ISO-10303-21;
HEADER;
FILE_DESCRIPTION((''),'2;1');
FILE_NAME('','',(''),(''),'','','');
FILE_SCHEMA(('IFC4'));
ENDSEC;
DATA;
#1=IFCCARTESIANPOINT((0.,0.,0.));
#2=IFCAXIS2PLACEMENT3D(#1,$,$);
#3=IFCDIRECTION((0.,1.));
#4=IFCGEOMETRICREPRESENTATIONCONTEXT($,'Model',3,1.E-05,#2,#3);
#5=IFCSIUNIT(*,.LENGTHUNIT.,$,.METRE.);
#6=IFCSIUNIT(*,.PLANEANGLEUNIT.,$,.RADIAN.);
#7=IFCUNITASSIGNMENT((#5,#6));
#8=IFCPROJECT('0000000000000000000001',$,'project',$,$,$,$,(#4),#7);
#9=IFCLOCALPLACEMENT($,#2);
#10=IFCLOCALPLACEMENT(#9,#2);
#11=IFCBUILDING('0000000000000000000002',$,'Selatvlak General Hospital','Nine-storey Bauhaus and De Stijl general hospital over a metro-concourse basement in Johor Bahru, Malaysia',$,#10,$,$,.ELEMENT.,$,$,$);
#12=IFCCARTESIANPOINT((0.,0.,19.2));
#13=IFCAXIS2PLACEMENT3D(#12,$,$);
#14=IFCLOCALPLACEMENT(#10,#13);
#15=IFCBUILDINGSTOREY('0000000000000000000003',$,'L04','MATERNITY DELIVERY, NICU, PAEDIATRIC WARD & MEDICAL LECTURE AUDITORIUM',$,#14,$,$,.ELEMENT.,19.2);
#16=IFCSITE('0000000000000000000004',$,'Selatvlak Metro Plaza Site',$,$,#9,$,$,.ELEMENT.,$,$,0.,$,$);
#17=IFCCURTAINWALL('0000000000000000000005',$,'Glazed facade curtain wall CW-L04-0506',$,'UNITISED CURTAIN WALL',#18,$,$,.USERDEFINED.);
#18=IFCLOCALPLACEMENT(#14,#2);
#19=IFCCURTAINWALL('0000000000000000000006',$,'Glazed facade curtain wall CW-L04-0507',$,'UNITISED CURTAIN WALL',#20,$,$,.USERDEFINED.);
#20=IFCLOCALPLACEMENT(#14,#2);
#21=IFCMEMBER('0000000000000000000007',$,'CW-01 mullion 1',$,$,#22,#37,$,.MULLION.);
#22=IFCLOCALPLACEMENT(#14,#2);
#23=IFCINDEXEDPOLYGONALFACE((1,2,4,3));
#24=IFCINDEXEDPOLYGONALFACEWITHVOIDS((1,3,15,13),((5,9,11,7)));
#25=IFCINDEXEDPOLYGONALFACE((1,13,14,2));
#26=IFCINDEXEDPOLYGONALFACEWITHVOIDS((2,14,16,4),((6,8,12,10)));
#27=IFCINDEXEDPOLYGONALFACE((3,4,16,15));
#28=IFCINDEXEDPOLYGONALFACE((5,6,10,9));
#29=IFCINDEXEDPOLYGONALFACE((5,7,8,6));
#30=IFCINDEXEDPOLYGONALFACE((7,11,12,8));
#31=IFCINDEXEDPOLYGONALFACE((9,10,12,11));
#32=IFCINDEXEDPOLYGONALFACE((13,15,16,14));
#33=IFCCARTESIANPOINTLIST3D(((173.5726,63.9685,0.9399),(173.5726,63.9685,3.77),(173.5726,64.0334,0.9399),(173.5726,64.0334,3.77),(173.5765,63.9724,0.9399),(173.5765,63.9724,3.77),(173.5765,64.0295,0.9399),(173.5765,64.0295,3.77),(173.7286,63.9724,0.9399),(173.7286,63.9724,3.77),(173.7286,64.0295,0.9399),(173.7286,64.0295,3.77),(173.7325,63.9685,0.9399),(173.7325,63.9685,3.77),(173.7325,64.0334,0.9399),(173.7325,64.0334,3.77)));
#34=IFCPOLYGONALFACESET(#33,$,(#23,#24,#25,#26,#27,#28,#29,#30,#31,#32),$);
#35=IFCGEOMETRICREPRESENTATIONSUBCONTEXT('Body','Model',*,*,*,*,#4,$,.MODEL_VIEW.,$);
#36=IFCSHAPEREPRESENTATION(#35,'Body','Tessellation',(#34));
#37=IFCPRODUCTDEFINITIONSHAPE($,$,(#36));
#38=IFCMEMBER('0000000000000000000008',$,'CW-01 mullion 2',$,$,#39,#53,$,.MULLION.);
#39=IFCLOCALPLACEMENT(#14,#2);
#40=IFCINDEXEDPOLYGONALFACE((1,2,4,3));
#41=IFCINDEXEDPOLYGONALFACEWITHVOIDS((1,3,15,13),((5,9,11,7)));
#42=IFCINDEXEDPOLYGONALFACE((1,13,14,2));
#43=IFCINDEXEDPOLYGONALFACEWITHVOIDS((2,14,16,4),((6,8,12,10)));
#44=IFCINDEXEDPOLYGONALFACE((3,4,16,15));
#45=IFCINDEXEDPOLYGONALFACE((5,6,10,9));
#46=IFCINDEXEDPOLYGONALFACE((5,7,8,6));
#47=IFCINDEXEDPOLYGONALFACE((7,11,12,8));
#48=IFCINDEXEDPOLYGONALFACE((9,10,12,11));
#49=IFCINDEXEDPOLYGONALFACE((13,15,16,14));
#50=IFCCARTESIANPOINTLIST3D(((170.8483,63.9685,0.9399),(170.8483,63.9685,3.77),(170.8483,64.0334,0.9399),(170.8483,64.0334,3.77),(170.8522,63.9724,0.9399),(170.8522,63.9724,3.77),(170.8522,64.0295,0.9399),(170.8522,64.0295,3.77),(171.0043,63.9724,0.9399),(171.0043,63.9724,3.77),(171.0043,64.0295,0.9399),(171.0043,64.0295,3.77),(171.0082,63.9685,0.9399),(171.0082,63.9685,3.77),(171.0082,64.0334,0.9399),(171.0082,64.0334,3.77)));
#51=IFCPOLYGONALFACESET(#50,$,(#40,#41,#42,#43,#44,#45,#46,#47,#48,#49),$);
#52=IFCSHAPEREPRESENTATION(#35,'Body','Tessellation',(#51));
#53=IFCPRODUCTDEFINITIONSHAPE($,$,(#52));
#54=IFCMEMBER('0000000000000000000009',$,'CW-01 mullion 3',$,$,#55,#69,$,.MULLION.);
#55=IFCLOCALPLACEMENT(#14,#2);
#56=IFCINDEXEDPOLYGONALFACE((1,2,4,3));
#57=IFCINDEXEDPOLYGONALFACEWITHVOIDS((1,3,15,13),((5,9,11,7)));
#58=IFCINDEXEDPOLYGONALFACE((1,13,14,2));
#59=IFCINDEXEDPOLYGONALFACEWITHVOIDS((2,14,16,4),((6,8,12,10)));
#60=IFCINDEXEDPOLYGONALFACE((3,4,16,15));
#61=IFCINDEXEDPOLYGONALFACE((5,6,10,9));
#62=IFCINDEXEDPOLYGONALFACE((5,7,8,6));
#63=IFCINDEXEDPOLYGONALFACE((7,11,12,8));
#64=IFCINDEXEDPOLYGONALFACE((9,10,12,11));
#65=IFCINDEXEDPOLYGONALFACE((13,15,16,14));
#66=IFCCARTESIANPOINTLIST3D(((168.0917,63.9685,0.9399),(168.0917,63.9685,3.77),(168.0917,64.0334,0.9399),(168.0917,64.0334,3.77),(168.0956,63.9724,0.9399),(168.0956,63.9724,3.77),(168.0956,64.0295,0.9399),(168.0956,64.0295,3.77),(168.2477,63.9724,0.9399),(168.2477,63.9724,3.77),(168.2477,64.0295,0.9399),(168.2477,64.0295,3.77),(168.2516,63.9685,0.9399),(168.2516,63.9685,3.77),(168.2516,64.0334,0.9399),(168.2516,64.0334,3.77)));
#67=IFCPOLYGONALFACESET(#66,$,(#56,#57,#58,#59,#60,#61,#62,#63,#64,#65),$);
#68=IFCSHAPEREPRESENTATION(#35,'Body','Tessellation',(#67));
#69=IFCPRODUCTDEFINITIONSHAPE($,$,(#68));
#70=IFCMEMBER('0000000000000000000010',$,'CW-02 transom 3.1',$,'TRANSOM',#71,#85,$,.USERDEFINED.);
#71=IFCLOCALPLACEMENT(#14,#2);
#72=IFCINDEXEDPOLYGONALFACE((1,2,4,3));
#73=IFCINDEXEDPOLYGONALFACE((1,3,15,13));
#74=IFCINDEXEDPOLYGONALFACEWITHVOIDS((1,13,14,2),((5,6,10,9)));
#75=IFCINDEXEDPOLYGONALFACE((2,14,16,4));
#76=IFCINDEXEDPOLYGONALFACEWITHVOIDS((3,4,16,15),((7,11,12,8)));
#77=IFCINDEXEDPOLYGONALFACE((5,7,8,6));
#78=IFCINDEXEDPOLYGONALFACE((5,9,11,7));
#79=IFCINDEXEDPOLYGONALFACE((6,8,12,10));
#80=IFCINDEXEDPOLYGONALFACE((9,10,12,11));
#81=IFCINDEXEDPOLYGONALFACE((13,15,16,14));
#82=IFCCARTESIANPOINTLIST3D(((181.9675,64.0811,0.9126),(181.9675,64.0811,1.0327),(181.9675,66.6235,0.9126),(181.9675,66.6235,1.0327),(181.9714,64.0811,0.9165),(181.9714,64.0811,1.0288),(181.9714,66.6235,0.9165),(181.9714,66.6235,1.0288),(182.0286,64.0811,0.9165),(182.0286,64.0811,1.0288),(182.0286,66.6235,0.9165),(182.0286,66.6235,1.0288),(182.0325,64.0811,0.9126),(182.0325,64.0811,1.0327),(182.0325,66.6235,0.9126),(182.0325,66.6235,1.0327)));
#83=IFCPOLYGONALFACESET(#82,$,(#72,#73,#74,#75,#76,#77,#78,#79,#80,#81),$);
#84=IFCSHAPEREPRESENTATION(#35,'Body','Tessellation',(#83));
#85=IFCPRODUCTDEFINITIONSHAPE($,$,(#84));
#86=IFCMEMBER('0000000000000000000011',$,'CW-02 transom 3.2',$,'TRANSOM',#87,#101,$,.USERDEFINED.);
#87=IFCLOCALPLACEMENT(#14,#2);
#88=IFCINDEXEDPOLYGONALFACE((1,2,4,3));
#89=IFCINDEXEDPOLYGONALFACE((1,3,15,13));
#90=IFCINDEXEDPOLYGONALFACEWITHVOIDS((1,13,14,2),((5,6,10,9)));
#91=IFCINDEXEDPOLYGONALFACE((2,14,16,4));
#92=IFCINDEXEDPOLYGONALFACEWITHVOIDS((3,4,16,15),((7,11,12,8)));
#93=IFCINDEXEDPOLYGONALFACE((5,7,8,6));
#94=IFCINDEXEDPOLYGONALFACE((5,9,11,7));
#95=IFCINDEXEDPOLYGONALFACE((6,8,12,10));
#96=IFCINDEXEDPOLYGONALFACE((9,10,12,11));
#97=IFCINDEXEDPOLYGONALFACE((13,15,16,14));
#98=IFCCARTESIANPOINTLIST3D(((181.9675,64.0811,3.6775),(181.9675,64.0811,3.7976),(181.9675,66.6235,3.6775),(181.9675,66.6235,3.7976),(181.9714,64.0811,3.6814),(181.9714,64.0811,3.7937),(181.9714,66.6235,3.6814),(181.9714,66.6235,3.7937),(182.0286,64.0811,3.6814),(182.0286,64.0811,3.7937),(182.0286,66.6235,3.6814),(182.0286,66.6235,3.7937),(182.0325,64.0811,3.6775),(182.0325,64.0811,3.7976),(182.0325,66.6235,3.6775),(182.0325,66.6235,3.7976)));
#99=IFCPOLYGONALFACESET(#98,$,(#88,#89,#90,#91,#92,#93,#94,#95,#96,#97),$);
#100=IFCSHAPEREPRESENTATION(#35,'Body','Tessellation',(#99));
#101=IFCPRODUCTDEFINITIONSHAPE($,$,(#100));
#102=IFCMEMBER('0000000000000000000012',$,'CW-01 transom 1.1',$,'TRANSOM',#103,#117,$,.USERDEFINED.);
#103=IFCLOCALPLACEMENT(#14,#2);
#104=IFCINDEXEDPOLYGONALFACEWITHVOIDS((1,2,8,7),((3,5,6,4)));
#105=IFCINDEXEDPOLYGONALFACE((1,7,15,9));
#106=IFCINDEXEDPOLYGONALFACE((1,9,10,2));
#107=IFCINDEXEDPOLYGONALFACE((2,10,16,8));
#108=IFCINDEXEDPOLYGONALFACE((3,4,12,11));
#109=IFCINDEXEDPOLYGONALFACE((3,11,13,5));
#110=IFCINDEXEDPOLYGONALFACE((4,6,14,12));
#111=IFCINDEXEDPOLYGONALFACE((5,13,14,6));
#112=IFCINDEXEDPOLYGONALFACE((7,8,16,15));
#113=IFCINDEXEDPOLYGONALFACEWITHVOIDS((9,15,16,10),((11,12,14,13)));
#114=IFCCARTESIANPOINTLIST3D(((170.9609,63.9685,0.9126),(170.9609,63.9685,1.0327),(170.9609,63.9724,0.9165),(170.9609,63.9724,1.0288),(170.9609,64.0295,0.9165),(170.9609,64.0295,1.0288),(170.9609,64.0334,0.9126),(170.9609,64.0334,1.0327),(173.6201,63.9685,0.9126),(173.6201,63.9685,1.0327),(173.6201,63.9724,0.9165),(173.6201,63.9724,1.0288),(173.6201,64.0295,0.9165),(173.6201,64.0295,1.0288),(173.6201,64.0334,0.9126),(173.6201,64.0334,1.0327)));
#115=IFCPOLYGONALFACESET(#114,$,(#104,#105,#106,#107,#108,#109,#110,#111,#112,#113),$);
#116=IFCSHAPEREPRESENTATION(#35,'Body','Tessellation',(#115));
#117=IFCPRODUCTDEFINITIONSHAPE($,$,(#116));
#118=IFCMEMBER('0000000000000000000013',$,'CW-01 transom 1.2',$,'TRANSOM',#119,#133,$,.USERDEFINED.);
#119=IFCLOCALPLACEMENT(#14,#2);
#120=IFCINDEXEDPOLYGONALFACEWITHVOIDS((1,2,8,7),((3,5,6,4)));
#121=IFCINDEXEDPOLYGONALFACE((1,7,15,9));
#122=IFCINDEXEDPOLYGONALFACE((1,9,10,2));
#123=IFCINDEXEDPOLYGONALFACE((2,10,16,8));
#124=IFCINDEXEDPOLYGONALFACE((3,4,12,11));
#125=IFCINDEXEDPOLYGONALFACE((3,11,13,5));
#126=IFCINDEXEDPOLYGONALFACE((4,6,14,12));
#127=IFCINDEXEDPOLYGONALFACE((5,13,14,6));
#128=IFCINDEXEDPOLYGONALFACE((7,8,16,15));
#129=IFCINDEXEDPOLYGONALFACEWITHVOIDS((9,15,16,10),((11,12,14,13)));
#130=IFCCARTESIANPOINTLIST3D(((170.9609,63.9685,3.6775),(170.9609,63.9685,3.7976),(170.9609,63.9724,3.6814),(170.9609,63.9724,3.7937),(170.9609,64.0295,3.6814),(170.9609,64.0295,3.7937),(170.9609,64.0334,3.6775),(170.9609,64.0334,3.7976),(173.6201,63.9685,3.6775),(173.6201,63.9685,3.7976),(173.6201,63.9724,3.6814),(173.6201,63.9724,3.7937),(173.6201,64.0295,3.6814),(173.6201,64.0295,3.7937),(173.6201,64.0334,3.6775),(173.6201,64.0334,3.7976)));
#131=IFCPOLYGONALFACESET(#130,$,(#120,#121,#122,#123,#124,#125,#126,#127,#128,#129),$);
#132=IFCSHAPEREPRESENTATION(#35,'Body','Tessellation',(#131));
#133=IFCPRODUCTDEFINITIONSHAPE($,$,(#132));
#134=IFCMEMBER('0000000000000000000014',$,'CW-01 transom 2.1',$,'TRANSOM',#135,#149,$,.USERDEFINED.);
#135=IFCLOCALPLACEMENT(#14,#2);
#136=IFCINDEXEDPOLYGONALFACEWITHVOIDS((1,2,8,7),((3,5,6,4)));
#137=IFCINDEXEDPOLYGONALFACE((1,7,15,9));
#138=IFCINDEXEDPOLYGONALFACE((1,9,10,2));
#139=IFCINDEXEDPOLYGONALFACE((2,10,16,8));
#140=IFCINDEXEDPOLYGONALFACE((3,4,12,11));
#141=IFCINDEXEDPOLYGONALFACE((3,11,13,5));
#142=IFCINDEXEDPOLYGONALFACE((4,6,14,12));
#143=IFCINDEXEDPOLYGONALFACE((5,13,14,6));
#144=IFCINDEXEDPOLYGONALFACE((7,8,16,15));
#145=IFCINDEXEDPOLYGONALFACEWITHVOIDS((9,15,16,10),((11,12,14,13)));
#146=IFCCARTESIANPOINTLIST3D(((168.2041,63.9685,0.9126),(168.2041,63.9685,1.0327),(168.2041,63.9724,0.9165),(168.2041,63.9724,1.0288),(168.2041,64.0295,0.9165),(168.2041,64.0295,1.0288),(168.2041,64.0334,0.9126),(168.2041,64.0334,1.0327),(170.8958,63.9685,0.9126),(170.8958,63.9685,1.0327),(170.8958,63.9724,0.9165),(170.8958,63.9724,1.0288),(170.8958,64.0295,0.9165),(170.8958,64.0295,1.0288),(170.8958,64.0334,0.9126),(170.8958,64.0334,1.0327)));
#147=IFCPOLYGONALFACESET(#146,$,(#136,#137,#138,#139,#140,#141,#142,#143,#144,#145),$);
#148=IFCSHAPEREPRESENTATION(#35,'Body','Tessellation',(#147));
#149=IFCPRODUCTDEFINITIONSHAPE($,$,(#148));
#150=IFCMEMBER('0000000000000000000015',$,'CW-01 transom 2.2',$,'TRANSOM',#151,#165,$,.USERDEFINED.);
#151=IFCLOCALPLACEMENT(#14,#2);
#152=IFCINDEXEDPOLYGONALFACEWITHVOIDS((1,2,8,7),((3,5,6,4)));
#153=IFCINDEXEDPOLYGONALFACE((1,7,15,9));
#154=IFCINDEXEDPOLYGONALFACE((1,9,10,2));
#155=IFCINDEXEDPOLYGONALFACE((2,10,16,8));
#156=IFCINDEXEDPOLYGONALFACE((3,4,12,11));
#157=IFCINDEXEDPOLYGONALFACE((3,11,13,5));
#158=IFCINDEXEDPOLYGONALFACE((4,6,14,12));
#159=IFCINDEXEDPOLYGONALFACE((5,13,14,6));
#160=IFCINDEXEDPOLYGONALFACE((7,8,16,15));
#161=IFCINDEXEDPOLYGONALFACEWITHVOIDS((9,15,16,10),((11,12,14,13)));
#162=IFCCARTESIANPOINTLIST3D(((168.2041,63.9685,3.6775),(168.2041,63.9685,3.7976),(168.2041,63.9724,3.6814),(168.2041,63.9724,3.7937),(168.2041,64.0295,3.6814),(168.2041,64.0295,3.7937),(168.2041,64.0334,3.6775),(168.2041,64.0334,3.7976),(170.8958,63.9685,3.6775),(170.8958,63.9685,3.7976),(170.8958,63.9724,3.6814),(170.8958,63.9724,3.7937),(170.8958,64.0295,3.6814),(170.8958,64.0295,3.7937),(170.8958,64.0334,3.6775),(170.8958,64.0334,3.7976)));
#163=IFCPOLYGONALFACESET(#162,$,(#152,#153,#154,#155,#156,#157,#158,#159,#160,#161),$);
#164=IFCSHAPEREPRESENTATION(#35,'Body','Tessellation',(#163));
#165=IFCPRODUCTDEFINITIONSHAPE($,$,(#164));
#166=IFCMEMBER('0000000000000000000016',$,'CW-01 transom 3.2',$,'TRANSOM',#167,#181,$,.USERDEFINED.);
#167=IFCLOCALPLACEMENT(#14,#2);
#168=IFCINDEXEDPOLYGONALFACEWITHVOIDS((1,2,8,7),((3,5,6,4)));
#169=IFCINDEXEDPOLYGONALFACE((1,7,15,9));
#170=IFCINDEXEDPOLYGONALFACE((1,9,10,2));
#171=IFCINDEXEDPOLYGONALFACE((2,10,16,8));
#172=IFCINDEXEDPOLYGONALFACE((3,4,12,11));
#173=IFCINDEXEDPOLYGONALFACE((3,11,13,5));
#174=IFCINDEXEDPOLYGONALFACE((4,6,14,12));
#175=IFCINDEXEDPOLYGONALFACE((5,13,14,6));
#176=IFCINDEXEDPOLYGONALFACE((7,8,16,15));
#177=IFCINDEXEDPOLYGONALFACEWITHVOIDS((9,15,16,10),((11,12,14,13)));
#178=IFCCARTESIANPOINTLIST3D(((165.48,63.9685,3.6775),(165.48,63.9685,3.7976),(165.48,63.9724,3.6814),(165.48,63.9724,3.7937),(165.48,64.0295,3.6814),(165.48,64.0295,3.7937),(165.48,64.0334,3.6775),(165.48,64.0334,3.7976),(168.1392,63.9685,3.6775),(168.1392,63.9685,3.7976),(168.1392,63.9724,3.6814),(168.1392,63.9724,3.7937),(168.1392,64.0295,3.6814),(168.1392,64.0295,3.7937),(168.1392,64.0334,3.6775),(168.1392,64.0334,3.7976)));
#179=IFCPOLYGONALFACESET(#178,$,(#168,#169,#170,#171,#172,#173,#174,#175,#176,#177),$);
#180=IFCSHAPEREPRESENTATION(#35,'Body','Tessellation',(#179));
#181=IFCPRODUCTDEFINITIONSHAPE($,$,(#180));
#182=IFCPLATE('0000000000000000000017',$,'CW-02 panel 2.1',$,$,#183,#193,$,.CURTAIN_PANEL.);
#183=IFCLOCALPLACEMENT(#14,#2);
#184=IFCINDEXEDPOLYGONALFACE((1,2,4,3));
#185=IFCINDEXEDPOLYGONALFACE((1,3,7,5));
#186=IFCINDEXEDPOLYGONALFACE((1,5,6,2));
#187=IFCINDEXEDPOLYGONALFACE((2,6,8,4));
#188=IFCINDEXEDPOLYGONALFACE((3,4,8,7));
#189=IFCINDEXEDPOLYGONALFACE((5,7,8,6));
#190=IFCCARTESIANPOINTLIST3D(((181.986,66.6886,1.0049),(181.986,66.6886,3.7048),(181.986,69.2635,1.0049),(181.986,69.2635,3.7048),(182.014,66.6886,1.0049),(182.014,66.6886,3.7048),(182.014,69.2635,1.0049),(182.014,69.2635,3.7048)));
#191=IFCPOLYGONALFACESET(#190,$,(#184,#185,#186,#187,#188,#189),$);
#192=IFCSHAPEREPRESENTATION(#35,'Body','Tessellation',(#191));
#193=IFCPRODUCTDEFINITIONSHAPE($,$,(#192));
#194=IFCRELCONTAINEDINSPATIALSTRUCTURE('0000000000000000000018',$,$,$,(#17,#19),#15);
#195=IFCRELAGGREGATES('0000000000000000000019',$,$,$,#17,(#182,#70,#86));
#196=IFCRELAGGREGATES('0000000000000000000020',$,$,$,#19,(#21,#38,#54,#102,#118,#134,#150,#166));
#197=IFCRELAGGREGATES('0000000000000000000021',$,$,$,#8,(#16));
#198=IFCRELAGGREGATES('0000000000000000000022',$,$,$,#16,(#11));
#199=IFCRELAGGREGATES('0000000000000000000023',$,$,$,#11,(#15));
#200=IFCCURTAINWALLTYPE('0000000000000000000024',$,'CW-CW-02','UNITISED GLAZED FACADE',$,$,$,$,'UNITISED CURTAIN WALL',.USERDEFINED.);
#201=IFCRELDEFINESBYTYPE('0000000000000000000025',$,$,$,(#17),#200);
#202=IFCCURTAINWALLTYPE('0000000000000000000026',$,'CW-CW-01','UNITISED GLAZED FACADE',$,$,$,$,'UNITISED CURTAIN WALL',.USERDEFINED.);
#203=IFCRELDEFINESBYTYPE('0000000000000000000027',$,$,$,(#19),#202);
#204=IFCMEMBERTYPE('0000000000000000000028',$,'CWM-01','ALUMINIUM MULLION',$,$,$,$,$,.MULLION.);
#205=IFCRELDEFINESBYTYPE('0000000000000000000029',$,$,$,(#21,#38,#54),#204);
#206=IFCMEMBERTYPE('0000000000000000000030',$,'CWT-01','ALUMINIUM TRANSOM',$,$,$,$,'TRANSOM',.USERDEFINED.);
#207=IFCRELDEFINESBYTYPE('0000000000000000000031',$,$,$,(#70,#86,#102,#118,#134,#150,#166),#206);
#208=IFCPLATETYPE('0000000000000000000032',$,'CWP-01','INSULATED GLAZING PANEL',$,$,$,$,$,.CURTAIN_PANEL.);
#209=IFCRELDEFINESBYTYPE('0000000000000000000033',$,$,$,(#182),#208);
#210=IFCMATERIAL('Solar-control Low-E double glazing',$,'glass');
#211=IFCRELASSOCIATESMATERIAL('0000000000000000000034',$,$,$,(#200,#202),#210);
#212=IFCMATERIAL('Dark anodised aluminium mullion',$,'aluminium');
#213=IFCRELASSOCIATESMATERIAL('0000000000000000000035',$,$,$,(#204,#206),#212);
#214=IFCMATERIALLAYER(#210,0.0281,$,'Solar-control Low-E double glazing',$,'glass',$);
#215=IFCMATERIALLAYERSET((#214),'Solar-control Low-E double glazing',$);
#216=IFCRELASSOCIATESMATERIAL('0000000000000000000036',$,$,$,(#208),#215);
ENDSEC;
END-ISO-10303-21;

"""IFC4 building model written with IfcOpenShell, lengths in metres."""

from ifc_helpers import new_model, si_unit, direction, frame, origin, origin_2d, place, context, subcontext, project, spatial, rectangle, hollow_rectangle, extrude, material, layer, layer_set, material_profile, profile_set, type_object, element, aggregate, save


model = new_model("IFC4")

# Units and contexts
model_context = context("Model", 3, precision=1e-05, world=origin(), true_north=direction((0.0, 1.0)))
body_context = subcontext(model_context, "Body", "Model", "MODEL_VIEW")
ifc_project = project(units=[si_unit("LENGTHUNIT", "METRE"), si_unit("PLANEANGLEUNIT", "RADIAN")], contexts=[model_context])

# Site, building, storey
site_placement = place(None, origin())
site = spatial("IfcSite", under=ifc_project, at=site_placement, Name="Selatvlak Metro Plaza Site", CompositionType="ELEMENT", RefElevation=0.0)
building_placement = place(site_placement, origin())
building = spatial("IfcBuilding", under=site, at=building_placement, Name="Selatvlak General Hospital", Description="Nine-storey Bauhaus and De Stijl general hospital over a metro-concourse basement in Johor Bahru, Malaysia", CompositionType="ELEMENT")
storey_placement = place(building_placement, frame((0.0, 0.0, 19.2)))
storey = spatial("IfcBuildingStorey", under=building, at=storey_placement, Name="L04", Description="MATERNITY DELIVERY, NICU, PAEDIATRIC WARD & MEDICAL LECTURE AUDITORIUM", CompositionType="ELEMENT", Elevation=19.2)

# Curtain walls, members
ifc_material_1 = material(Name="Solar-control Low-E double glazing", Category="glass")
curtain_wall_type_1 = type_object("IfcCurtainWallType", Name="CW-CW-02", Description="UNITISED GLAZED FACADE", ElementType="UNITISED CURTAIN WALL", PredefinedType="USERDEFINED", material=ifc_material_1)
curtain_wall_1_placement = place(storey_placement, origin())
curtain_wall_1 = element("IfcCurtainWall", 1, at=curtain_wall_1_placement, inside=storey, type_object=curtain_wall_type_1, Name="Glazed facade curtain wall CW-L04-0506", ObjectType="UNITISED CURTAIN WALL", PredefinedType="USERDEFINED")
ifc_material_2 = material(Name="Dark anodised aluminium mullion", Category="aluminium")
ifc_material_profile_1 = material_profile(ifc_material_2, hollow_rectangle(XDim=0.0649, YDim=0.1599, WallThickness=0.0039, at=origin_2d()), Name="AL-MUL 65x160x4")
ifc_profile_set_1 = profile_set([ifc_material_profile_1], Name="Dark anodised aluminium mullion")
member_type_1 = type_object("IfcMemberType", Name="CWM-01", Description="ALUMINIUM MULLION", PredefinedType="MULLION", material=ifc_profile_set_1)
curtain_wall_type_2 = type_object("IfcCurtainWallType", Name="CW-CW-01", Description="UNITISED GLAZED FACADE", ElementType="UNITISED CURTAIN WALL", PredefinedType="USERDEFINED", material=ifc_material_1)
curtain_wall_2_placement = place(storey_placement, origin())
curtain_wall_2 = element("IfcCurtainWall", 2, at=curtain_wall_2_placement, inside=storey, type_object=curtain_wall_type_2, Name="Glazed facade curtain wall CW-L04-0507", ObjectType="UNITISED CURTAIN WALL", PredefinedType="USERDEFINED")
member_1_placement = place(storey_placement, frame((173.6526, 64.001, 0.9399), z_axis=(0.0, 0.0, 1.0), x_axis=(0.0, -1.0, 0.0)))
member_1 = element("IfcMember", 3, at=member_1_placement, type_object=member_type_1, Name="CW-01 mullion 1", PredefinedType="MULLION", context=body_context, shape_type="SweptSolid", body=[
    extrude(hollow_rectangle(XDim=0.0649, YDim=0.1599, WallThickness=0.0039, at=origin_2d()), origin(), (0.0, 0.0, 1.0), 2.8301),
])
member_2_placement = place(storey_placement, frame((170.9282, 64.001, 0.9399), z_axis=(0.0, 0.0, 1.0), x_axis=(0.0, -1.0, 0.0)))
member_2 = element("IfcMember", 4, at=member_2_placement, type_object=member_type_1, Name="CW-01 mullion 2", PredefinedType="MULLION", context=body_context, shape_type="SweptSolid", body=[
    extrude(hollow_rectangle(XDim=0.0649, YDim=0.1599, WallThickness=0.0039, at=origin_2d()), origin(), (0.0, 0.0, 1.0), 2.8301),
])
member_3_placement = place(storey_placement, frame((168.1716, 64.001, 0.9399), z_axis=(0.0, 0.0, 1.0), x_axis=(0.0, -1.0, 0.0)))
member_3 = element("IfcMember", 5, at=member_3_placement, type_object=member_type_1, Name="CW-01 mullion 3", PredefinedType="MULLION", context=body_context, shape_type="SweptSolid", body=[
    extrude(hollow_rectangle(XDim=0.0649, YDim=0.1599, WallThickness=0.0039, at=origin_2d()), origin(), (0.0, 0.0, 1.0), 2.8301),
])

# Members
ifc_material_profile_2 = material_profile(ifc_material_2, hollow_rectangle(XDim=0.0649, YDim=0.1201, WallThickness=0.0039, at=origin_2d()), Name="AL-TRN 65x120x4")
ifc_profile_set_2 = profile_set([ifc_material_profile_2], Name="Dark anodised aluminium mullion")
member_type_2 = type_object("IfcMemberType", Name="CWT-01", Description="ALUMINIUM TRANSOM", ElementType="TRANSOM", PredefinedType="USERDEFINED", material=ifc_profile_set_2)
member_4_placement = place(storey_placement, frame((182.0, 66.6235, 0.9727), z_axis=(0.0, -1.0, 0.0), x_axis=(1.0, 0.0, 0.0)))
member_4 = element("IfcMember", 6, at=member_4_placement, type_object=member_type_2, Name="CW-02 transom 3.1", ObjectType="TRANSOM", PredefinedType="USERDEFINED", context=body_context, shape_type="SweptSolid", body=[
    extrude(hollow_rectangle(XDim=0.0649, YDim=0.1201, WallThickness=0.0039, at=origin_2d()), origin(), (0.0, 0.0, 1.0), 2.5425),
])
member_5_placement = place(storey_placement, frame((182.0, 66.6235, 3.7375), z_axis=(0.0, -1.0, 0.0), x_axis=(1.0, 0.0, 0.0)))
member_5 = element("IfcMember", 7, at=member_5_placement, type_object=member_type_2, Name="CW-02 transom 3.2", ObjectType="TRANSOM", PredefinedType="USERDEFINED", context=body_context, shape_type="SweptSolid", body=[
    extrude(hollow_rectangle(XDim=0.0649, YDim=0.1201, WallThickness=0.0039, at=origin_2d()), origin(), (0.0, 0.0, 1.0), 2.5425),
])
member_6_placement = place(storey_placement, frame((173.6201, 64.001, 0.9727), z_axis=(-1.0, 0.0, 0.0), x_axis=(0.0, -1.0, 0.0)))
member_6 = element("IfcMember", 8, at=member_6_placement, type_object=member_type_2, Name="CW-01 transom 1.1", ObjectType="TRANSOM", PredefinedType="USERDEFINED", context=body_context, shape_type="SweptSolid", body=[
    extrude(hollow_rectangle(XDim=0.0649, YDim=0.1201, WallThickness=0.0039, at=origin_2d()), origin(), (0.0, 0.0, 1.0), 2.6592),
])
member_7_placement = place(storey_placement, frame((173.6201, 64.001, 3.7375), z_axis=(-1.0, 0.0, 0.0), x_axis=(0.0, -1.0, 0.0)))
member_7 = element("IfcMember", 9, at=member_7_placement, type_object=member_type_2, Name="CW-01 transom 1.2", ObjectType="TRANSOM", PredefinedType="USERDEFINED", context=body_context, shape_type="SweptSolid", body=[
    extrude(hollow_rectangle(XDim=0.0649, YDim=0.1201, WallThickness=0.0039, at=origin_2d()), origin(), (0.0, 0.0, 1.0), 2.6592),
])
member_8_placement = place(storey_placement, frame((170.8958, 64.001, 0.9727), z_axis=(-1.0, 0.0, 0.0), x_axis=(0.0, -1.0, 0.0)))
member_8 = element("IfcMember", 10, at=member_8_placement, type_object=member_type_2, Name="CW-01 transom 2.1", ObjectType="TRANSOM", PredefinedType="USERDEFINED", context=body_context, shape_type="SweptSolid", body=[
    extrude(hollow_rectangle(XDim=0.0649, YDim=0.1201, WallThickness=0.0039, at=origin_2d()), origin(), (0.0, 0.0, 1.0), 2.6917),
])
member_9_placement = place(storey_placement, frame((170.8958, 64.001, 3.7375), z_axis=(-1.0, 0.0, 0.0), x_axis=(0.0, -1.0, 0.0)))
member_9 = element("IfcMember", 11, at=member_9_placement, type_object=member_type_2, Name="CW-01 transom 2.2", ObjectType="TRANSOM", PredefinedType="USERDEFINED", context=body_context, shape_type="SweptSolid", body=[
    extrude(hollow_rectangle(XDim=0.0649, YDim=0.1201, WallThickness=0.0039, at=origin_2d()), origin(), (0.0, 0.0, 1.0), 2.6917),
])
member_10_placement = place(storey_placement, frame((168.1392, 64.001, 3.7375), z_axis=(-1.0, 0.0, 0.0), x_axis=(0.0, -1.0, 0.0)))
member_10 = element("IfcMember", 12, at=member_10_placement, type_object=member_type_2, Name="CW-01 transom 3.2", ObjectType="TRANSOM", PredefinedType="USERDEFINED", context=body_context, shape_type="SweptSolid", body=[
    extrude(hollow_rectangle(XDim=0.0649, YDim=0.1201, WallThickness=0.0039, at=origin_2d()), origin(), (0.0, 0.0, 1.0), 2.6592),
])

# Plate
ifc_layer_1 = layer(ifc_material_1, 0.0281, Name="Solar-control Low-E double glazing", Category="glass")
ifc_layer_set_1 = layer_set([ifc_layer_1], Name="Solar-control Low-E double glazing")
plate_type = type_object("IfcPlateType", Name="CWP-01", Description="INSULATED GLAZING PANEL", PredefinedType="CURTAIN_PANEL", material=ifc_layer_set_1)
plate_1_placement = place(storey_placement, frame((182.0, 67.9761, 1.0049), z_axis=(0.0, 0.0, 1.0), x_axis=(0.0, -1.0, 0.0)))
plate_1 = element("IfcPlate", 13, at=plate_1_placement, type_object=plate_type, Name="CW-02 panel 2.1", PredefinedType="CURTAIN_PANEL", context=body_context, shape_type="SweptSolid", body=[
    extrude(rectangle(XDim=2.575, YDim=0.0281, at=origin_2d()), origin(), (0.0, 0.0, 1.0), 2.7),
])
aggregate(curtain_wall_1, [plate_1, member_4, member_5])
aggregate(curtain_wall_2, [member_1, member_2, member_3, member_6, member_7, member_8, member_9, member_10])

save(model, "model.ifc")
